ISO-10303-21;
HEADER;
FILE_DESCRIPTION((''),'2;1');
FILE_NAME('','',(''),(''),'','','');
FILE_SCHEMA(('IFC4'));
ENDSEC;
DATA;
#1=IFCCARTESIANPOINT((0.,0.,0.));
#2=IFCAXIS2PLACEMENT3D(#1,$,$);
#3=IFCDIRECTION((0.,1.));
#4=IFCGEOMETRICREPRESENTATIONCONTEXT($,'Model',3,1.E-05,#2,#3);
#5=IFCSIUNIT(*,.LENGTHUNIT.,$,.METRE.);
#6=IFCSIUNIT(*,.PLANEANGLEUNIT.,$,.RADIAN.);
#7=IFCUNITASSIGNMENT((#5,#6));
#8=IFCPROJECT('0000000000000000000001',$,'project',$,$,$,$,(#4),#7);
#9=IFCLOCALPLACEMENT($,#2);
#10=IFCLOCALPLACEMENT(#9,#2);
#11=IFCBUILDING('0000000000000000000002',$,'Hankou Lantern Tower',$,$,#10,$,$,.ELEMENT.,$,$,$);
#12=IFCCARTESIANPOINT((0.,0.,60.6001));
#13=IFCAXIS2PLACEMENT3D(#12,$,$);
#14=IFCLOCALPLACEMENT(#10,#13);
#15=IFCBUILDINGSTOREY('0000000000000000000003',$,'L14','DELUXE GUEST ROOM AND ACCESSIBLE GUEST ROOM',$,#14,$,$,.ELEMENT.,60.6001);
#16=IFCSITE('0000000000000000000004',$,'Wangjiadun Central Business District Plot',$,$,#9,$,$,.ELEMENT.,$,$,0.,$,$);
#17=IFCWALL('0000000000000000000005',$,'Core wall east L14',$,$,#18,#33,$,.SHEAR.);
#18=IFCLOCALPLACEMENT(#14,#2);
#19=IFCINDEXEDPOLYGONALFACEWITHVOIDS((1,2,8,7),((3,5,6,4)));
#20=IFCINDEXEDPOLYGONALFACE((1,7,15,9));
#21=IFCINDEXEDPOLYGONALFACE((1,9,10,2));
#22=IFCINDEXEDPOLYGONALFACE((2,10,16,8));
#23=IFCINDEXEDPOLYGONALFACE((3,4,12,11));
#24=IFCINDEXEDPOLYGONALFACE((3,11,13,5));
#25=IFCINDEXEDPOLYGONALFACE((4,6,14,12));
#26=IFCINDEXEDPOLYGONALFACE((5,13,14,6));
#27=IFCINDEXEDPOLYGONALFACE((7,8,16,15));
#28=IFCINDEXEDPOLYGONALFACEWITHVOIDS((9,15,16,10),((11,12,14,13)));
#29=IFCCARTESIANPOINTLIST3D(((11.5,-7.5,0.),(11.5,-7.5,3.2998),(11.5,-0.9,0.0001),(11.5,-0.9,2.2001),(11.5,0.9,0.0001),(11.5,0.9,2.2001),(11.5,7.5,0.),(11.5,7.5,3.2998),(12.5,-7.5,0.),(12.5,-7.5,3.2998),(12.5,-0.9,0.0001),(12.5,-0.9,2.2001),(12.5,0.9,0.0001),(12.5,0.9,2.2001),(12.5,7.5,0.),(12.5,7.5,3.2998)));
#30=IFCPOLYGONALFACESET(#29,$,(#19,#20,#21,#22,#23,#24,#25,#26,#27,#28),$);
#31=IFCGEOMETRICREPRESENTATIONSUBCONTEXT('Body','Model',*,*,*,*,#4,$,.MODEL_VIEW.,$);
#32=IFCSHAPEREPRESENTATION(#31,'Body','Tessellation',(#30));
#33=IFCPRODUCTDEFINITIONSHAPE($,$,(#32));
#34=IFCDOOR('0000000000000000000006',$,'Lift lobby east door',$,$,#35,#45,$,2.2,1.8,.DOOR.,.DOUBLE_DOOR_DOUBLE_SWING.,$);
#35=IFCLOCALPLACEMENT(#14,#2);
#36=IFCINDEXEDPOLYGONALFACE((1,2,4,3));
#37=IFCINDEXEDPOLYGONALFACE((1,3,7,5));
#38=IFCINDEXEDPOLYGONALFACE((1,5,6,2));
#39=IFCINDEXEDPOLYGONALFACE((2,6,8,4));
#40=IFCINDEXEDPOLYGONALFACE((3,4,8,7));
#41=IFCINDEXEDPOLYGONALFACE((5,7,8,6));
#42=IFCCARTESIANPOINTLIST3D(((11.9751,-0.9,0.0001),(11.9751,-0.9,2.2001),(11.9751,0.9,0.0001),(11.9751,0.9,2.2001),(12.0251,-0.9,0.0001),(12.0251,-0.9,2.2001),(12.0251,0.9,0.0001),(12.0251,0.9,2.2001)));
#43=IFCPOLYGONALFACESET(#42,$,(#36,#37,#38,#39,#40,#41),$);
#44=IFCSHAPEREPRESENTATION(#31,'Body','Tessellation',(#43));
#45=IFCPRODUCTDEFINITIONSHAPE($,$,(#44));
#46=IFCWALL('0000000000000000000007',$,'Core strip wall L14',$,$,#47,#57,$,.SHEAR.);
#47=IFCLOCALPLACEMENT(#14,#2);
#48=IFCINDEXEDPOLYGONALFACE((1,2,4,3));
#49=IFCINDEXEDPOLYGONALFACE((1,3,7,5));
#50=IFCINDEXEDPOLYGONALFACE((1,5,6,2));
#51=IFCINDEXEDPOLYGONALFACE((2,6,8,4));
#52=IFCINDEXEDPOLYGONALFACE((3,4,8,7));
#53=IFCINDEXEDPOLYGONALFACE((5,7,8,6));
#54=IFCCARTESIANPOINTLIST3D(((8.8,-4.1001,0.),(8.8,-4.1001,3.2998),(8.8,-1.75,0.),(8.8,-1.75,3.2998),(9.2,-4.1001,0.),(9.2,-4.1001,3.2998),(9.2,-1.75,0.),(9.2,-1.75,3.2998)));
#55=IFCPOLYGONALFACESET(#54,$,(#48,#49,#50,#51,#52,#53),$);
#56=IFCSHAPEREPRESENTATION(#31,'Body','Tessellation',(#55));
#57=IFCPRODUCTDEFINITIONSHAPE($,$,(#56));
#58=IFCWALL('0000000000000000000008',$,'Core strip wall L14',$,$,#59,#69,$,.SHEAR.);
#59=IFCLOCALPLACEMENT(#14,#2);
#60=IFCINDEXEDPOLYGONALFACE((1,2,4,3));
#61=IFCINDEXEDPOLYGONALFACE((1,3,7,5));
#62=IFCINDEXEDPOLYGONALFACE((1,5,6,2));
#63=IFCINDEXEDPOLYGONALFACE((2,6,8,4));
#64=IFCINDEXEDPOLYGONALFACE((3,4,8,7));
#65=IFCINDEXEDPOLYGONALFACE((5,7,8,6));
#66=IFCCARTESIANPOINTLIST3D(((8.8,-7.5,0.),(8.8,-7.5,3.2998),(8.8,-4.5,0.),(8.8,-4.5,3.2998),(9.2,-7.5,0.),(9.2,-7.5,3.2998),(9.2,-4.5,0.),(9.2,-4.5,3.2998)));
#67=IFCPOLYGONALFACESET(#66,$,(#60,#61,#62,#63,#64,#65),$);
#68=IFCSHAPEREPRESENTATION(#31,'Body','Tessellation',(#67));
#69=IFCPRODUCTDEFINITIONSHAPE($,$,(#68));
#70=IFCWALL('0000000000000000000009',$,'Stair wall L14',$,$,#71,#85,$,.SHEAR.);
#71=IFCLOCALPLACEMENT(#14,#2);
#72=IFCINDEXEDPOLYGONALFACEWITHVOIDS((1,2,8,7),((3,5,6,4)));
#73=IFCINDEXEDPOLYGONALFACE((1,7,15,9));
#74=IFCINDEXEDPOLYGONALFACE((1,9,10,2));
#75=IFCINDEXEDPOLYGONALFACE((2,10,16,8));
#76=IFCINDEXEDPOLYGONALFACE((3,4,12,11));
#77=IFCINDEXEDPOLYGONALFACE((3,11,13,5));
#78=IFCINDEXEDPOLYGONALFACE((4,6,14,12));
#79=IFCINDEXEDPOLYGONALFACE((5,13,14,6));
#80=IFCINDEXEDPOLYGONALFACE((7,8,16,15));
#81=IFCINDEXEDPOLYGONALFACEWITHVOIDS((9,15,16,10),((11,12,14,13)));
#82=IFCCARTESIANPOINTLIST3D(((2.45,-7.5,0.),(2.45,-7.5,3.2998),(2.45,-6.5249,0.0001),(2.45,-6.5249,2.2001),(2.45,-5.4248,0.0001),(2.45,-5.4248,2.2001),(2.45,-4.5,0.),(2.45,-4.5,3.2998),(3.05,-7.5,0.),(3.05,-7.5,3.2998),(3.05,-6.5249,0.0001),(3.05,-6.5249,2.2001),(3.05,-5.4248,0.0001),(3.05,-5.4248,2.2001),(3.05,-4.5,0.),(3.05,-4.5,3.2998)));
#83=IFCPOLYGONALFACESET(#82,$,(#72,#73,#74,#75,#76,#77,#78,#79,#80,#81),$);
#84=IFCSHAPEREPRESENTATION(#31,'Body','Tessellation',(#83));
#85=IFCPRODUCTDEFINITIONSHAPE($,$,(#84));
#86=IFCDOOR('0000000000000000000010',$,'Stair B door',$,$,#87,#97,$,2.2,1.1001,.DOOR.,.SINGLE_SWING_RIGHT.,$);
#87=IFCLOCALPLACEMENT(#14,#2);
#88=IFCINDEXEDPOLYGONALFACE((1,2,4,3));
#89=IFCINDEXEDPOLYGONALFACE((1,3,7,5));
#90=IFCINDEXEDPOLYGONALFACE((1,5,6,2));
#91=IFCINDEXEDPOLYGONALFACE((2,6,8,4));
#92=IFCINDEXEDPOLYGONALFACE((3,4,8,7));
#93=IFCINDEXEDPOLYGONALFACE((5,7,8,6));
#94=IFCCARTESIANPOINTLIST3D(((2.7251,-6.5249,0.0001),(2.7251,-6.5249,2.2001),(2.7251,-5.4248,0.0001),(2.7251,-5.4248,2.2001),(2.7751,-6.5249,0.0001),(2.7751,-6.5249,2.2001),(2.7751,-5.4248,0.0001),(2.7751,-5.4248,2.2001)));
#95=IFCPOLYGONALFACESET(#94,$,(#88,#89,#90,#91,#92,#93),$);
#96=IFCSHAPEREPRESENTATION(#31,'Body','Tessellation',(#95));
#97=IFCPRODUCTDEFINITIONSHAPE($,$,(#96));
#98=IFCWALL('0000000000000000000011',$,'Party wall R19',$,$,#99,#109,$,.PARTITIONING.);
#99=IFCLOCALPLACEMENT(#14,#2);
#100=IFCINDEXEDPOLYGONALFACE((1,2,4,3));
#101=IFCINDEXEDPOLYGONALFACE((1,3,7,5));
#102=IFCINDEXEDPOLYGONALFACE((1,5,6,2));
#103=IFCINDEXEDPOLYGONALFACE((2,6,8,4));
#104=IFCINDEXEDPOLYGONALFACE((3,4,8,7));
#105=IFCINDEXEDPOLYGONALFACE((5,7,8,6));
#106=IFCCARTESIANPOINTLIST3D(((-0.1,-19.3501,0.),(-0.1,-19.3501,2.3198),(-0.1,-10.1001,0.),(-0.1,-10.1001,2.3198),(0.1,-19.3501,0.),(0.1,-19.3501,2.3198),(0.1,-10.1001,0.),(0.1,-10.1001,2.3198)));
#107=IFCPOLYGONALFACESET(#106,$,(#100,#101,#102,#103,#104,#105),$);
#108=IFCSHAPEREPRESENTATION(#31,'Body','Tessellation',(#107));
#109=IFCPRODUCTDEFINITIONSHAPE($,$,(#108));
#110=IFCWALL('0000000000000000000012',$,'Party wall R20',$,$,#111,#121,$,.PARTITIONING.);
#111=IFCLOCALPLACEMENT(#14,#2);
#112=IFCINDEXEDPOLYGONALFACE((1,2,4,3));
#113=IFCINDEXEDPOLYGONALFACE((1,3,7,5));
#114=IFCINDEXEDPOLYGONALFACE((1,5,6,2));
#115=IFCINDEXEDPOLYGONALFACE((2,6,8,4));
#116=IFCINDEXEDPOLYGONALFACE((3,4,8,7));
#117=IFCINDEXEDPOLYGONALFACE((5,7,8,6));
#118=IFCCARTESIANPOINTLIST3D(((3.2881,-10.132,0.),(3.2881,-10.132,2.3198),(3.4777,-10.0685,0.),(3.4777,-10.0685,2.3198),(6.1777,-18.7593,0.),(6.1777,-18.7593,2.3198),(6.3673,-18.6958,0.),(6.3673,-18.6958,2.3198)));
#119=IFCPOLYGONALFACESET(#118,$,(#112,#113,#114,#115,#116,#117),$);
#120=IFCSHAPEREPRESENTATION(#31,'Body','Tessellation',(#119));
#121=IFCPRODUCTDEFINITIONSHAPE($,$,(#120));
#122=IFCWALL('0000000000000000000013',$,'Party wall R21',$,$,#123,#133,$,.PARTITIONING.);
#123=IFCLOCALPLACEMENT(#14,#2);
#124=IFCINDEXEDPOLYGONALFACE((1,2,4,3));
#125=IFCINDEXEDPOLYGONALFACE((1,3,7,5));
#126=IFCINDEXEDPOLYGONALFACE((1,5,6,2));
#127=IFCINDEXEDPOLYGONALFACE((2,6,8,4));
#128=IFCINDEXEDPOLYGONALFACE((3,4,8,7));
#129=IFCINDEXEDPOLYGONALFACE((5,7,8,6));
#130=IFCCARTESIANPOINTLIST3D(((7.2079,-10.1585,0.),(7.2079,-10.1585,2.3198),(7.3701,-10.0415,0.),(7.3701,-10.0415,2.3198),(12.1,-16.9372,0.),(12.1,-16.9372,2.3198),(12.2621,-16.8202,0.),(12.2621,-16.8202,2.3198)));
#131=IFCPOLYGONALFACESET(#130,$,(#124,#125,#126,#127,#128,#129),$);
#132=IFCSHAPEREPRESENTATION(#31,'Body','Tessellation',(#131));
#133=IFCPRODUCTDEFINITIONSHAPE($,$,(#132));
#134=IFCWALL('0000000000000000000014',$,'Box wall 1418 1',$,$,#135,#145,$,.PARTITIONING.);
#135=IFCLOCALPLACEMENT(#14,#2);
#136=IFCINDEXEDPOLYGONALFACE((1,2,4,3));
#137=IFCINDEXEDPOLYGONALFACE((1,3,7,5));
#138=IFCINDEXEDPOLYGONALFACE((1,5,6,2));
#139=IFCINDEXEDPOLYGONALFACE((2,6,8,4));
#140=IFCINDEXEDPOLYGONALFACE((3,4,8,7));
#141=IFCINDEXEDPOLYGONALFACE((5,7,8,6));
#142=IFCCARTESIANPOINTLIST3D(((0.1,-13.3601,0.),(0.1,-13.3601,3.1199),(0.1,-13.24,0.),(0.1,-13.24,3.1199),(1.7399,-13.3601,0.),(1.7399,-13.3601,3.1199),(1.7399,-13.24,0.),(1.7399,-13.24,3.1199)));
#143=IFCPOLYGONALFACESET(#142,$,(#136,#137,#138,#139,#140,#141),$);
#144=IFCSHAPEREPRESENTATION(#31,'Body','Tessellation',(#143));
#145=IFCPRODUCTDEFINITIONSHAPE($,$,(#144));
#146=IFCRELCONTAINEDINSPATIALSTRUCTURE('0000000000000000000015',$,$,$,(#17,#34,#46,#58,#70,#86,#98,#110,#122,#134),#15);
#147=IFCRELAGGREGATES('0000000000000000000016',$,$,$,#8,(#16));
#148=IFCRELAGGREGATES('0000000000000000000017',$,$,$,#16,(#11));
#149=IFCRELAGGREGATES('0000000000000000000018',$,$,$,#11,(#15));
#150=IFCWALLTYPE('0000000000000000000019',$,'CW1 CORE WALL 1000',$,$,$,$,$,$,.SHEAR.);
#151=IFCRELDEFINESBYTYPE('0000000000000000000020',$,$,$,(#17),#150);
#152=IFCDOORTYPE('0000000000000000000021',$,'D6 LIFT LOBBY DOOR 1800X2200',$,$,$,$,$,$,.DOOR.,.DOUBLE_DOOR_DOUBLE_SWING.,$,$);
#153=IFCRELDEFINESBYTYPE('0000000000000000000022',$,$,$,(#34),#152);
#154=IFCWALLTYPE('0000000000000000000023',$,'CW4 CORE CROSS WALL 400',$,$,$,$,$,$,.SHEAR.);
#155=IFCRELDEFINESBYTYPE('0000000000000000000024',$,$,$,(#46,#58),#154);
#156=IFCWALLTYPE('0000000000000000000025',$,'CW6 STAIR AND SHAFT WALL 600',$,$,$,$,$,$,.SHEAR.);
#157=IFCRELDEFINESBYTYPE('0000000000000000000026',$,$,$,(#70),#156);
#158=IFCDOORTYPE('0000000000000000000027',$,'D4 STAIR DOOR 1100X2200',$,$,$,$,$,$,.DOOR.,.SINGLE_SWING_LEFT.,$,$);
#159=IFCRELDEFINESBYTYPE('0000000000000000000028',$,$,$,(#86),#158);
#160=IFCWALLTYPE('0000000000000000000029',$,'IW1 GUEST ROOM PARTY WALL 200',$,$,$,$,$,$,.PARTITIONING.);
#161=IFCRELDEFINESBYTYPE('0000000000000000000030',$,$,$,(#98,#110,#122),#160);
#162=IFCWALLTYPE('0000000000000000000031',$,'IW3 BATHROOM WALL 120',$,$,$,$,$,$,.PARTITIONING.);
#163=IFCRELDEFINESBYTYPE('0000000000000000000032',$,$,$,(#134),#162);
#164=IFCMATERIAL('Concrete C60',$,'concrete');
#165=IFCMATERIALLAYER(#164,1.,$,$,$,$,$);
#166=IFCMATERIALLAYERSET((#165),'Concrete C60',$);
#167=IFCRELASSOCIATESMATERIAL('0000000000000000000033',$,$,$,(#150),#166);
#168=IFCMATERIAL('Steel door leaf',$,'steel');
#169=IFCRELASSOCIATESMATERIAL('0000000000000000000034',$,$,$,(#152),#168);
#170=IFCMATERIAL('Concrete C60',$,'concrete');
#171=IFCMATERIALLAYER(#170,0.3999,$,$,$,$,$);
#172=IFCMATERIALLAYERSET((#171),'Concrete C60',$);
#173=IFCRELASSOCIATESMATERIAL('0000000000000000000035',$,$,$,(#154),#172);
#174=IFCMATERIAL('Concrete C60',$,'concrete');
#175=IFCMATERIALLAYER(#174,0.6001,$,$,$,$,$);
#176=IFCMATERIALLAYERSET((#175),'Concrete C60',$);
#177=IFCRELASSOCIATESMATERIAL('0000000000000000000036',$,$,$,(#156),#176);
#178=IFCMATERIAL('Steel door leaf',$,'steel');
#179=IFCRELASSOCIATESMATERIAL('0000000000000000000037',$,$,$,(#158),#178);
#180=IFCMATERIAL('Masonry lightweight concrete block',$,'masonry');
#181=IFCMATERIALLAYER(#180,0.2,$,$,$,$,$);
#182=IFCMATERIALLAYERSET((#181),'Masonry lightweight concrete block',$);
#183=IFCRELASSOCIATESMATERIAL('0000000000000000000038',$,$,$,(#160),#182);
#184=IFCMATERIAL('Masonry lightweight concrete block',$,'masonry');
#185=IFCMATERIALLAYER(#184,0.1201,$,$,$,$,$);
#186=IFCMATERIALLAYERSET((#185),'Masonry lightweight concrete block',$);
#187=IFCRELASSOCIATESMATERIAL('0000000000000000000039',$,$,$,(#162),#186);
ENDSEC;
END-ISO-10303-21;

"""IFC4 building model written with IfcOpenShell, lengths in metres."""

from ifc_helpers import new_model, si_unit, direction, frame, frame_2d, origin, place, context, subcontext, project, spatial, rectangle, extrude, material, layer, layer_set, type_object, element, fill, save


model = new_model("IFC4")

# Units and contexts
model_context = context("Model", 3, precision=1e-05, world=origin(), true_north=direction((0.0, 1.0)))
body_context = subcontext(model_context, "Body", "Model", "MODEL_VIEW")
ifc_project = project(units=[si_unit("LENGTHUNIT", "METRE"), si_unit("PLANEANGLEUNIT", "RADIAN")], contexts=[model_context])

# Site, building, storey
site_placement = place(None, origin())
site = spatial("IfcSite", under=ifc_project, at=site_placement, Name="Wangjiadun Central Business District Plot", CompositionType="ELEMENT", RefElevation=0.0)
building_placement = place(site_placement, origin())
building = spatial("IfcBuilding", under=site, at=building_placement, Name="Hankou Lantern Tower", CompositionType="ELEMENT")
storey_placement = place(building_placement, frame((0.0, 0.0, 60.6001)))
storey = spatial("IfcBuildingStorey", under=building, at=storey_placement, Name="L14", Description="DELUXE GUEST ROOM AND ACCESSIBLE GUEST ROOM", CompositionType="ELEMENT", Elevation=60.6001)

# Wall, opening, door
ifc_material_1 = material(Name="Concrete C60", Category="concrete")
ifc_layer_1 = layer(ifc_material_1, 1.0)
ifc_layer_set_1 = layer_set([ifc_layer_1], Name="Concrete C60")
wall_type_1 = type_object("IfcWallType", Name="CW1 CORE WALL 1000", PredefinedType="SHEAR", material=ifc_layer_set_1)
wall_1_placement = place(storey_placement, frame((12.0, -7.5, 0.0), z_axis=(0.0, 0.0, 1.0), x_axis=(0.0, 1.0, 0.0)))
wall_1 = element("IfcWall", 1, at=wall_1_placement, inside=storey, type_object=wall_type_1, Name="Core wall east L14", PredefinedType="SHEAR", context=body_context, shape_type="SweptSolid", body=[
    extrude(rectangle(XDim=15.0, YDim=1.0, at=frame_2d((7.5, 0.0))), origin(), (0.0, 0.0, 1.0), 3.2998),
])
opening_1_placement = place(wall_1_placement, frame((6.6001, 0.0, 0.0)))
opening_1 = element("IfcOpeningElement", 2, at=opening_1_placement, cuts=wall_1, PredefinedType="OPENING", context=body_context, shape_type="SweptSolid", body=[
    extrude(rectangle(XDim=1.8, YDim=2.2, at=frame_2d((0.8999, 1.1001))), frame((0.0, 0.51, 0.0), z_axis=(0.0, -1.0, 0.0), x_axis=(1.0, 0.0, 0.0)), (0.0, 0.0, 1.0), 1.02),
])
ifc_material_2 = material(Name="Steel door leaf", Category="steel")
door_type_1 = type_object("IfcDoorType", Name="D6 LIFT LOBBY DOOR 1800X2200", OperationType="DOUBLE_DOOR_DOUBLE_SWING", PredefinedType="DOOR", material=ifc_material_2)
door_1_placement = place(opening_1_placement, origin())
door_1 = element("IfcDoor", 3, at=door_1_placement, inside=storey, type_object=door_type_1, Name="Lift lobby east door", OperationType="DOUBLE_DOOR_DOUBLE_SWING", OverallHeight=2.2, OverallWidth=1.8, PredefinedType="DOOR", context=body_context, shape_type="SweptSolid", body=[
    extrude(rectangle(XDim=1.8, YDim=2.2, at=frame_2d((0.8999, 1.1001))), frame((0.0, 0.0249, 0.0), z_axis=(0.0, -1.0, 0.0), x_axis=(1.0, 0.0, 0.0)), (0.0, 0.0, 1.0), 0.05),
])
fill(opening_1, door_1)

# Walls
ifc_material_3 = material(Name="Concrete C60", Category="concrete")
ifc_layer_2 = layer(ifc_material_3, 0.3999)
ifc_layer_set_2 = layer_set([ifc_layer_2], Name="Concrete C60")
wall_type_2 = type_object("IfcWallType", Name="CW4 CORE CROSS WALL 400", PredefinedType="SHEAR", material=ifc_layer_set_2)
wall_2_placement = place(storey_placement, frame((9.0, -4.1001, 0.0), z_axis=(0.0, 0.0, 1.0), x_axis=(0.0, 1.0, 0.0)))
element("IfcWall", 4, at=wall_2_placement, inside=storey, type_object=wall_type_2, Name="Core strip wall L14", PredefinedType="SHEAR", context=body_context, shape_type="SweptSolid", body=[
    extrude(rectangle(XDim=2.3501, YDim=0.3999, at=frame_2d((1.175, 0.0))), origin(), (0.0, 0.0, 1.0), 3.2998),
])
wall_3_placement = place(storey_placement, frame((9.0, -7.5, 0.0), z_axis=(0.0, 0.0, 1.0), x_axis=(0.0, 1.0, 0.0)))
element("IfcWall", 5, at=wall_3_placement, inside=storey, type_object=wall_type_2, Name="Core strip wall L14", PredefinedType="SHEAR", context=body_context, shape_type="SweptSolid", body=[
    extrude(rectangle(XDim=3.0, YDim=0.3999, at=frame_2d((1.5, 0.0))), origin(), (0.0, 0.0, 1.0), 3.2998),
])

# Wall, opening, door
ifc_material_4 = material(Name="Concrete C60", Category="concrete")
ifc_layer_3 = layer(ifc_material_4, 0.6001)
ifc_layer_set_3 = layer_set([ifc_layer_3], Name="Concrete C60")
wall_type_3 = type_object("IfcWallType", Name="CW6 STAIR AND SHAFT WALL 600", PredefinedType="SHEAR", material=ifc_layer_set_3)
wall_4_placement = place(storey_placement, frame((2.75, -7.5, 0.0), z_axis=(0.0, 0.0, 1.0), x_axis=(0.0, 1.0, 0.0)))
wall_4 = element("IfcWall", 6, at=wall_4_placement, inside=storey, type_object=wall_type_3, Name="Stair wall L14", PredefinedType="SHEAR", context=body_context, shape_type="SweptSolid", body=[
    extrude(rectangle(XDim=3.0, YDim=0.6001, at=frame_2d((1.5, 0.0))), origin(), (0.0, 0.0, 1.0), 3.2998),
])
opening_2_placement = place(wall_4_placement, frame((0.9751, 0.0, 0.0)))
opening_2 = element("IfcOpeningElement", 7, at=opening_2_placement, cuts=wall_4, PredefinedType="OPENING", context=body_context, shape_type="SweptSolid", body=[
    extrude(rectangle(XDim=1.1001, YDim=2.2, at=frame_2d((0.55, 1.1001))), frame((0.0, 0.3101, 0.0), z_axis=(0.0, -1.0, 0.0), x_axis=(1.0, 0.0, 0.0)), (0.0, 0.0, 1.0), 0.6201),
])
ifc_material_5 = material(Name="Steel door leaf", Category="steel")
door_type_2 = type_object("IfcDoorType", Name="D4 STAIR DOOR 1100X2200", OperationType="SINGLE_SWING_LEFT", PredefinedType="DOOR", material=ifc_material_5)
door_2_placement = place(opening_2_placement, origin())
door_2 = element("IfcDoor", 8, at=door_2_placement, inside=storey, type_object=door_type_2, Name="Stair B door", OperationType="SINGLE_SWING_RIGHT", OverallHeight=2.2, OverallWidth=1.1001, PredefinedType="DOOR", context=body_context, shape_type="SweptSolid", body=[
    extrude(rectangle(XDim=1.1001, YDim=2.2, at=frame_2d((0.55, 1.1001))), frame((0.0, 0.0249, 0.0), z_axis=(0.0, -1.0, 0.0), x_axis=(1.0, 0.0, 0.0)), (0.0, 0.0, 1.0), 0.05),
])
fill(opening_2, door_2)

# Walls
ifc_material_6 = material(Name="Masonry lightweight concrete block", Category="masonry")
ifc_layer_4 = layer(ifc_material_6, 0.2)
ifc_layer_set_4 = layer_set([ifc_layer_4], Name="Masonry lightweight concrete block")
wall_type_4 = type_object("IfcWallType", Name="IW1 GUEST ROOM PARTY WALL 200", PredefinedType="PARTITIONING", material=ifc_layer_set_4)
wall_5_placement = place(storey_placement, frame((0.0, -10.1001, 0.0), z_axis=(0.0, 0.0, 1.0), x_axis=(0.0, -1.0, 0.0)))
element("IfcWall", 9, at=wall_5_placement, inside=storey, type_object=wall_type_4, Name="Party wall R19", PredefinedType="PARTITIONING", context=body_context, shape_type="SweptSolid", body=[
    extrude(rectangle(XDim=9.25, YDim=0.2, at=frame_2d((4.625, 0.0))), origin(), (0.0, 0.0, 1.0), 2.3198),
])
wall_6_placement = place(storey_placement, frame((3.3828, -10.1001, 0.0), z_axis=(0.0, 0.0, 1.0), x_axis=(0.317596, -0.948226, 0.0)))
element("IfcWall", 10, at=wall_6_placement, inside=storey, type_object=wall_type_4, Name="Party wall R20", PredefinedType="PARTITIONING", context=body_context, shape_type="SweptSolid", body=[
    extrude(rectangle(XDim=9.0984, YDim=0.2, at=frame_2d((4.5493, 0.0))), origin(), (0.0, 0.0, 1.0), 2.3198),
])
wall_7_placement = place(storey_placement, frame((7.2891, -10.1001, 0.0), z_axis=(0.0, 0.0, 1.0), x_axis=(0.585198, -0.81089, 0.0)))
element("IfcWall", 11, at=wall_7_placement, inside=storey, type_object=wall_type_4, Name="Party wall R21", PredefinedType="PARTITIONING", context=body_context, shape_type="SweptSolid", body=[
    extrude(rectangle(XDim=8.3596, YDim=0.2, at=frame_2d((4.1797, 0.0))), origin(), (0.0, 0.0, 1.0), 2.3198),
])
ifc_material_7 = material(Name="Masonry lightweight concrete block", Category="masonry")
ifc_layer_5 = layer(ifc_material_7, 0.1201)
ifc_layer_set_5 = layer_set([ifc_layer_5], Name="Masonry lightweight concrete block")
wall_type_5 = type_object("IfcWallType", Name="IW3 BATHROOM WALL 120", PredefinedType="PARTITIONING", material=ifc_layer_set_5)
wall_8_placement = place(storey_placement, frame((0.1001, -13.3, 0.0), z_axis=(0.0, 0.0, 1.0), x_axis=(1.0, 0.0, 0.0)))
element("IfcWall", 12, at=wall_8_placement, inside=storey, type_object=wall_type_5, Name="Box wall 1418 1", PredefinedType="PARTITIONING", context=body_context, shape_type="SweptSolid", body=[
    extrude(rectangle(XDim=1.6399, YDim=0.1201, at=frame_2d((0.8198, 0.0))), origin(), (0.0, 0.0, 1.0), 3.1199),
])

save(model, "model.ifc")
